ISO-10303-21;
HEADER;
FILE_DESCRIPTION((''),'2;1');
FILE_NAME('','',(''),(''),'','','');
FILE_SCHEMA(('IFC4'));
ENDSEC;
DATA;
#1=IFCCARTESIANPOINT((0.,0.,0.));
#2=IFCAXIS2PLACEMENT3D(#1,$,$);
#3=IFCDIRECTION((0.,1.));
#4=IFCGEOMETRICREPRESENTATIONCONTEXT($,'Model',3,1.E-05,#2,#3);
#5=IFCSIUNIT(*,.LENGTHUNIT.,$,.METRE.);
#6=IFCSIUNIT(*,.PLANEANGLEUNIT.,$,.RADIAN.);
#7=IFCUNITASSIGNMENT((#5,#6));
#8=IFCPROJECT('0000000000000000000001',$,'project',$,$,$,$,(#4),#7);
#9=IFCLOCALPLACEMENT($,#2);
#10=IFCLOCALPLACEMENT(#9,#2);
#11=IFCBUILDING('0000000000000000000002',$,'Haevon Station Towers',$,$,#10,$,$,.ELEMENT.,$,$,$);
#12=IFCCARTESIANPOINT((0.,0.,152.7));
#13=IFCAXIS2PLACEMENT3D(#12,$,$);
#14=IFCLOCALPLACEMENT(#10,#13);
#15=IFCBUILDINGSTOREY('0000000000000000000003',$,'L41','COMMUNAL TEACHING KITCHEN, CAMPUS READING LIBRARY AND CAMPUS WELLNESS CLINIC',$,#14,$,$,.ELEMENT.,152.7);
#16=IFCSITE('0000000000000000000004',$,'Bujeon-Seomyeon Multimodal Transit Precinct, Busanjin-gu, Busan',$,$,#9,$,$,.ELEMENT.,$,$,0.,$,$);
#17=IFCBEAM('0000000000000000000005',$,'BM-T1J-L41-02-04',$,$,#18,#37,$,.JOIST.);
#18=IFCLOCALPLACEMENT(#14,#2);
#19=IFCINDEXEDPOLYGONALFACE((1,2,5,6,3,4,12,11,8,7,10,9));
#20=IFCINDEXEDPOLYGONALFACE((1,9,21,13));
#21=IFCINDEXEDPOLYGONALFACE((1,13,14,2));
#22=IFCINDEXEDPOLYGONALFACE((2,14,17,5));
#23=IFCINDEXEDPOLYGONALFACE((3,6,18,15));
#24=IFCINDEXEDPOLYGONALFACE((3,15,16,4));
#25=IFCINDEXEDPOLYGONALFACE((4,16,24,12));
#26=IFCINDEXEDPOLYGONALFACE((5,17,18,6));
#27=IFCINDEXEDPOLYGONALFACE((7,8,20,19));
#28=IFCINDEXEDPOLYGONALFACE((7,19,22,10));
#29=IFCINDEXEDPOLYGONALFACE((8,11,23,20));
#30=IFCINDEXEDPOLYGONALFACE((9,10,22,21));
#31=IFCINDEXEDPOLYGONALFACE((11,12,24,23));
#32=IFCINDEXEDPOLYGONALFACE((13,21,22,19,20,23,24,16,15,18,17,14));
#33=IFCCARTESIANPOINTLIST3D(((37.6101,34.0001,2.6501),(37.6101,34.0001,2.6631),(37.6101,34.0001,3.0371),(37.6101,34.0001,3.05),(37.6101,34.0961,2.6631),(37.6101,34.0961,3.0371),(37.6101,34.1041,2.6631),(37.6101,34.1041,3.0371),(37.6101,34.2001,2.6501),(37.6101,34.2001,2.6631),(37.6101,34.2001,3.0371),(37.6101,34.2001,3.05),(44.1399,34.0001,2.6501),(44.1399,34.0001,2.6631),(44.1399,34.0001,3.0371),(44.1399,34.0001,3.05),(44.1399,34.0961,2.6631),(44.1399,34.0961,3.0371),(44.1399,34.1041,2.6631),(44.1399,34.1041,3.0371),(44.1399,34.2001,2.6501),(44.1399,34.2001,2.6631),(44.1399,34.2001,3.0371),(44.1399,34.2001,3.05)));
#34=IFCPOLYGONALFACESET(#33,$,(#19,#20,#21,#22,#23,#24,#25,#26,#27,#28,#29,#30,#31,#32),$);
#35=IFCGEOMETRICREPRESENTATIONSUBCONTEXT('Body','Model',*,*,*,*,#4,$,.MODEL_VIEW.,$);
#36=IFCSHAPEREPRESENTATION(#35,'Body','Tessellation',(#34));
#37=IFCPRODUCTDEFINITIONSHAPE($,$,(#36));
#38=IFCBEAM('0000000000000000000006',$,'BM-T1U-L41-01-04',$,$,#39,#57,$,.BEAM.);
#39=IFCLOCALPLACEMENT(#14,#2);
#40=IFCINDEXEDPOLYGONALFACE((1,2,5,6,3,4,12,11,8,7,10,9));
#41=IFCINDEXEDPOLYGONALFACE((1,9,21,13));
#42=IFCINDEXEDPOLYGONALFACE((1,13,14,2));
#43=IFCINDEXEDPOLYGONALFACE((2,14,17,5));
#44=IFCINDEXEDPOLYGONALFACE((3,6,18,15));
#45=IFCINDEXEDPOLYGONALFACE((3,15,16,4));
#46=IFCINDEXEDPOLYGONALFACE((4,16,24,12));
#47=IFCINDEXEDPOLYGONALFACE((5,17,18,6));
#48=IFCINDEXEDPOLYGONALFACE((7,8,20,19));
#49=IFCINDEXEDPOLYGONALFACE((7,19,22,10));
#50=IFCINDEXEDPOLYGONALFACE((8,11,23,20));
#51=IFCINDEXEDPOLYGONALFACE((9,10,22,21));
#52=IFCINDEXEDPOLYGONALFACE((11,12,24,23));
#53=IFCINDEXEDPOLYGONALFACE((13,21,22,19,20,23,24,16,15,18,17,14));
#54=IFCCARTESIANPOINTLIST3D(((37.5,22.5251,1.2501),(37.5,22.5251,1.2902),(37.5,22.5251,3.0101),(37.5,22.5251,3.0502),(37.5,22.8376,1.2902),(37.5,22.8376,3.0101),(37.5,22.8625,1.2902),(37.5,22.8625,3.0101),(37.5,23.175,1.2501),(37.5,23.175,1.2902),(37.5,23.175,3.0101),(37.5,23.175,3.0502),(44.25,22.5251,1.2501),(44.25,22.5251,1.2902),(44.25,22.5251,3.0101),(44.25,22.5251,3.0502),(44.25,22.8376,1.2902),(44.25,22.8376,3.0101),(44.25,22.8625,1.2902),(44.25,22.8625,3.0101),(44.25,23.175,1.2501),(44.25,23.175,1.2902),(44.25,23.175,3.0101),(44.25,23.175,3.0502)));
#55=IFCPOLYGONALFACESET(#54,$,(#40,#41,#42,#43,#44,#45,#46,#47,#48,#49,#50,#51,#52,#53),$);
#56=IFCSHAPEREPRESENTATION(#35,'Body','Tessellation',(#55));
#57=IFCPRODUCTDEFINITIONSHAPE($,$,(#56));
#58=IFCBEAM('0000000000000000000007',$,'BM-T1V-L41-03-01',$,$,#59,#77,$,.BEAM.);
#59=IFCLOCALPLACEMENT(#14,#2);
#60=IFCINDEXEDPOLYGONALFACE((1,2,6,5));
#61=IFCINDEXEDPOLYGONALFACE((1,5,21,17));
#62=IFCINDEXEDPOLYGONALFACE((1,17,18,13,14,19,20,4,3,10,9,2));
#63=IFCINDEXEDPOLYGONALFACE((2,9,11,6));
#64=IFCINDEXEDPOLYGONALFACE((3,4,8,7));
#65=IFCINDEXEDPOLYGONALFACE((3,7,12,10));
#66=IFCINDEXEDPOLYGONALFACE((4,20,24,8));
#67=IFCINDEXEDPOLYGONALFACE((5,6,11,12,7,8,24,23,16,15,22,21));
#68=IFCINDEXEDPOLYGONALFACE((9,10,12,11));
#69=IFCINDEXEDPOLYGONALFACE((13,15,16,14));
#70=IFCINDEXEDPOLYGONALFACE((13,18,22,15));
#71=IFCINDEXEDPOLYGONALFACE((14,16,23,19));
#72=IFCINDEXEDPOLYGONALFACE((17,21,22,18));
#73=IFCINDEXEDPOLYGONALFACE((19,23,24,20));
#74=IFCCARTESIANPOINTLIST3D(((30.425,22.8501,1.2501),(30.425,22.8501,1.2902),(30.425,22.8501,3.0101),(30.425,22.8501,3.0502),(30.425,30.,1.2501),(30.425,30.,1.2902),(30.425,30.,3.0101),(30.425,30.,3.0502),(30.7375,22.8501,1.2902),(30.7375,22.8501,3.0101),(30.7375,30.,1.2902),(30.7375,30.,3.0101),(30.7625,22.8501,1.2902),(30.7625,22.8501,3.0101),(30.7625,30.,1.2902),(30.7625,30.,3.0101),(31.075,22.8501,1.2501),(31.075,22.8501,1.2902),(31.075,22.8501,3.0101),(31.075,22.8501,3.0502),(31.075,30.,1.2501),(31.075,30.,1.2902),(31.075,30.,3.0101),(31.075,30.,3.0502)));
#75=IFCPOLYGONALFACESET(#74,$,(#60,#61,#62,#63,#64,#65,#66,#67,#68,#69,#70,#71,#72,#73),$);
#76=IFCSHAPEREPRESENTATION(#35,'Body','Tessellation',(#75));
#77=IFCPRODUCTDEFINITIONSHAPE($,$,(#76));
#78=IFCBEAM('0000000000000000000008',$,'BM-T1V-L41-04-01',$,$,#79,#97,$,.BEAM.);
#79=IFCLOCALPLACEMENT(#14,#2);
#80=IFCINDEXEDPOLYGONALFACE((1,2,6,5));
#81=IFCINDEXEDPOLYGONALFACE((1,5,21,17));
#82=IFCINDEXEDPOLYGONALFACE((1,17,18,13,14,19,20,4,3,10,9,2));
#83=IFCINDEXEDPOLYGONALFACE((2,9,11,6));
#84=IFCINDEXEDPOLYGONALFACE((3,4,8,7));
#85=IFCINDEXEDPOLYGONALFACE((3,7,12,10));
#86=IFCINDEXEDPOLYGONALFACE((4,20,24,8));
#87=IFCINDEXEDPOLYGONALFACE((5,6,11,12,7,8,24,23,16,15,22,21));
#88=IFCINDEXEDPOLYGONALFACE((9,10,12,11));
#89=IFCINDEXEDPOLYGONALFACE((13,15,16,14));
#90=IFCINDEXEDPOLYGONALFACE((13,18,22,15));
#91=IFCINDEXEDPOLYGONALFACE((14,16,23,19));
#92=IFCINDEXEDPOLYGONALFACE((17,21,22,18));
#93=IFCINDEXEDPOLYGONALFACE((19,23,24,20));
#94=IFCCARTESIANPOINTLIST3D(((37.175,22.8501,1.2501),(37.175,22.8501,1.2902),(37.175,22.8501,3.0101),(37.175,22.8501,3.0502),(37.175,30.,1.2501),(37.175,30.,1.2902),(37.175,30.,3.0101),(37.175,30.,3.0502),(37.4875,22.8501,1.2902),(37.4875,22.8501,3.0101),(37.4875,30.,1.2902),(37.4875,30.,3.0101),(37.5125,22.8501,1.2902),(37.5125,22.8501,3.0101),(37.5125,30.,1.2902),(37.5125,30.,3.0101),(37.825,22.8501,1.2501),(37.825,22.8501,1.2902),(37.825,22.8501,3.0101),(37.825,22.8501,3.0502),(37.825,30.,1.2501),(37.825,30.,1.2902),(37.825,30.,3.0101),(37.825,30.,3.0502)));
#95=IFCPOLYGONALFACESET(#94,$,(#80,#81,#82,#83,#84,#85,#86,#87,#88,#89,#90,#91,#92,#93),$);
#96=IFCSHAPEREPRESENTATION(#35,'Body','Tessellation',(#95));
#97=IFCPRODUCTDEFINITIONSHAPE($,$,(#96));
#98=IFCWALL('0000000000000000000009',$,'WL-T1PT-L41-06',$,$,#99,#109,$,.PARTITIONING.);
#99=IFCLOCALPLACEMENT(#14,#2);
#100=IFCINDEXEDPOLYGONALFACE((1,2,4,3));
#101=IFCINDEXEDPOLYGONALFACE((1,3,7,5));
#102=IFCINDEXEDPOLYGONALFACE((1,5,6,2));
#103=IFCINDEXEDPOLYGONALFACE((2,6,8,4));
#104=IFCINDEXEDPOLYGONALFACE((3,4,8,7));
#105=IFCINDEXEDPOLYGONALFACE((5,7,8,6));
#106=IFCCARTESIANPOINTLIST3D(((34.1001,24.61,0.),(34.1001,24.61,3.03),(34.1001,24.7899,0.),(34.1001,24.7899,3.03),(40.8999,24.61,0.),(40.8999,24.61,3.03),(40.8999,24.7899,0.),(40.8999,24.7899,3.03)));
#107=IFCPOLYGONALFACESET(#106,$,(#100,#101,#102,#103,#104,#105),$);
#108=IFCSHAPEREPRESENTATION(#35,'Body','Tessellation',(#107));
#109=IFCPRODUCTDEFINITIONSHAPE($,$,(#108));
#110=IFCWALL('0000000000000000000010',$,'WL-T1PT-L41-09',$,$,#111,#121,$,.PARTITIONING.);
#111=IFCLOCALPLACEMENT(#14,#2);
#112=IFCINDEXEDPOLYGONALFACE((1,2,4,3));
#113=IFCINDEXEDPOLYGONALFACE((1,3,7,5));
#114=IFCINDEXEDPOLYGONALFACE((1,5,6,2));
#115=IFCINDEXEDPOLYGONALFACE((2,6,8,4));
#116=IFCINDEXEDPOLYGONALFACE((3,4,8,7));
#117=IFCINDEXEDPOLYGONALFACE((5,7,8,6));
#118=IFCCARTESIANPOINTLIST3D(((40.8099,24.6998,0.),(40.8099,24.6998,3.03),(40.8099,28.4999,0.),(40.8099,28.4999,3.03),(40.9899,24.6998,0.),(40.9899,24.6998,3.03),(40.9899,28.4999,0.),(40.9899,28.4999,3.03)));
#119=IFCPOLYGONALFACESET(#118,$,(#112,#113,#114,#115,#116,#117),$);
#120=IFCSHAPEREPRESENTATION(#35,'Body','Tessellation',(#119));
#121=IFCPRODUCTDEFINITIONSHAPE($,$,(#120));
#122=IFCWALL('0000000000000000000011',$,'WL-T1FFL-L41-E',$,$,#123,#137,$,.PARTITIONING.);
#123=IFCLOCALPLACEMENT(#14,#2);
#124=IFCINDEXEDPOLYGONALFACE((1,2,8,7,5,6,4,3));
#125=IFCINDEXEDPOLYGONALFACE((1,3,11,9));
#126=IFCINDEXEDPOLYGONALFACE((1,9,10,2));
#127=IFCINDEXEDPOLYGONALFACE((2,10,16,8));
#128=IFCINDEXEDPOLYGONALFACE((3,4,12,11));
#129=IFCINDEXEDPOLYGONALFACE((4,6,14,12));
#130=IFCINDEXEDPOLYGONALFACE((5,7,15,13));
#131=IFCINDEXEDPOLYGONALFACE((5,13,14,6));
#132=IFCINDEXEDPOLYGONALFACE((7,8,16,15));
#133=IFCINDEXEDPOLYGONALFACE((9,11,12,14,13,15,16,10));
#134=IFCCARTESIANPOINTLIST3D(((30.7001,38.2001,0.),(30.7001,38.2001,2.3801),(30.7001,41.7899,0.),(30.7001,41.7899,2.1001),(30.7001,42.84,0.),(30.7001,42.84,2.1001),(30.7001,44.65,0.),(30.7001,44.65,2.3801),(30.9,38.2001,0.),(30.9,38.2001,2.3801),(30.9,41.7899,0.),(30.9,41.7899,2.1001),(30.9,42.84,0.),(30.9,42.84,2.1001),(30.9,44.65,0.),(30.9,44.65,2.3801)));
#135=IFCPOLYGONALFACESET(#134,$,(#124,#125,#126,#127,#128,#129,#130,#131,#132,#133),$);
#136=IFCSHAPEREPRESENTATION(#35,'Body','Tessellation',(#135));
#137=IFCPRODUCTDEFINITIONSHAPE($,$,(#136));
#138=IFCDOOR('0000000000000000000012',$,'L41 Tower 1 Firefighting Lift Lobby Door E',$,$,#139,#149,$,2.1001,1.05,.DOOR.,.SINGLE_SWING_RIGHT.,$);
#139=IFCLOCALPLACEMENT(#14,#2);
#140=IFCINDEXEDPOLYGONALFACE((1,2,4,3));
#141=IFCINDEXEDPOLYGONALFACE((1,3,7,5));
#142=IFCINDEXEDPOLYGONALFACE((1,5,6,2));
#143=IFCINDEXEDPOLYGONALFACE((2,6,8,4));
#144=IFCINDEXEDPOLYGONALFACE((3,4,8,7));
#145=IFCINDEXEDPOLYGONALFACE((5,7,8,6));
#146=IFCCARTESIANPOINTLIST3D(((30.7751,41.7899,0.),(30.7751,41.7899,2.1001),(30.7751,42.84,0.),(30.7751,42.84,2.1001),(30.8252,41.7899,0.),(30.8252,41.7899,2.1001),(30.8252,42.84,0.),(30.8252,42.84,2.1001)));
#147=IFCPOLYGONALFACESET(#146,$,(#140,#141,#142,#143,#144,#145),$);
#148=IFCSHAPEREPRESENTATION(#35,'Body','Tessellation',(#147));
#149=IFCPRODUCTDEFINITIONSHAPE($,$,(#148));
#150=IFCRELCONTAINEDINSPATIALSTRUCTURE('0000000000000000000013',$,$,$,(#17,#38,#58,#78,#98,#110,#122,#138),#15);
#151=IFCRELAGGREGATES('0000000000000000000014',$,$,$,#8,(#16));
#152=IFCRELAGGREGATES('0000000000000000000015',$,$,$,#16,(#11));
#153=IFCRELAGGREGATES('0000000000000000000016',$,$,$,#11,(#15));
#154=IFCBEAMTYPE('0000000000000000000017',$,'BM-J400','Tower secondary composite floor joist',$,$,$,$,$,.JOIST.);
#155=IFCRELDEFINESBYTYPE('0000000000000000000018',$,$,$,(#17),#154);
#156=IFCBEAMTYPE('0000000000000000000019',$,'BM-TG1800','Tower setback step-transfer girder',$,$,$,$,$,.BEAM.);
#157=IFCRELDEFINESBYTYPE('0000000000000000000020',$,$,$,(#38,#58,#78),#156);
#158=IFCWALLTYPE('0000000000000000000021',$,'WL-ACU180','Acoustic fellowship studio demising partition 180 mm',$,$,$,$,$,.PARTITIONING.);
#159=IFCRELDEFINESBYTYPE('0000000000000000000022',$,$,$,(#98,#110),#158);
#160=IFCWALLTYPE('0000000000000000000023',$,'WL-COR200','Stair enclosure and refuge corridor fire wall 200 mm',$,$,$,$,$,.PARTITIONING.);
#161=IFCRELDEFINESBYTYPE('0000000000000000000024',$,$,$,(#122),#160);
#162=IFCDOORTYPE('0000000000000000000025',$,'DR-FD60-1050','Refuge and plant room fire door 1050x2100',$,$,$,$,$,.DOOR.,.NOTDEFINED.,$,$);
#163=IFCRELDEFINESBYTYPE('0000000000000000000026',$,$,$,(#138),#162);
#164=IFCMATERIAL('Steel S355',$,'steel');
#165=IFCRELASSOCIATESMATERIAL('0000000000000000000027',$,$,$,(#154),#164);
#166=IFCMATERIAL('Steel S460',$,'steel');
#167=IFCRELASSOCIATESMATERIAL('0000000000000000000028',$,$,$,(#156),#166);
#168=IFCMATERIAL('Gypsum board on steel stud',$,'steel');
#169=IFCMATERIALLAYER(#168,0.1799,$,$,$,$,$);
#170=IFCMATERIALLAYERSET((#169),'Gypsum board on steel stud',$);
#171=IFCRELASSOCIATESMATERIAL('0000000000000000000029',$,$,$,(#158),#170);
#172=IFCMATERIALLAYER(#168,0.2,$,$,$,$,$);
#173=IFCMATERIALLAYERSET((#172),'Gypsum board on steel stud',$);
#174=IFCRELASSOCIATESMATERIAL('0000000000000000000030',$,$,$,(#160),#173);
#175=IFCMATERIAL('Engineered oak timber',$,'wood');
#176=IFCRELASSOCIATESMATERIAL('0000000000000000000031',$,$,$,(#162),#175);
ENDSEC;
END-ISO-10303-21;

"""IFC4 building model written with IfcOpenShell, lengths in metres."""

from ifc_helpers import new_model, si_unit, direction, frame, frame_2d, origin, origin_2d, place, context, subcontext, project, spatial, rectangle, i_section, extrude, material, layer, layer_set, material_profile, profile_set, type_object, element, fill, save


model = new_model("IFC4")

# Units and contexts
model_context = context("Model", 3, precision=1e-05, world=origin(), true_north=direction((0.0, 1.0)))
body_context = subcontext(model_context, "Body", "Model", "MODEL_VIEW")
ifc_project = project(units=[si_unit("LENGTHUNIT", "METRE"), si_unit("PLANEANGLEUNIT", "RADIAN")], contexts=[model_context])

# Site, building, storey
site_placement = place(None, origin())
site = spatial("IfcSite", under=ifc_project, at=site_placement, Name="Bujeon-Seomyeon Multimodal Transit Precinct, Busanjin-gu, Busan", CompositionType="ELEMENT", RefElevation=0.0)
building_placement = place(site_placement, origin())
building = spatial("IfcBuilding", under=site, at=building_placement, Name="Haevon Station Towers", CompositionType="ELEMENT")
storey_placement = place(building_placement, frame((0.0, 0.0, 152.7)))
storey = spatial("IfcBuildingStorey", under=building, at=storey_placement, Name="L41", Description="COMMUNAL TEACHING KITCHEN, CAMPUS READING LIBRARY AND CAMPUS WELLNESS CLINIC", CompositionType="ELEMENT", Elevation=152.7)

# Shared definitions
ifc_material_1 = material(Name="Steel S355", Category="steel")

# Beams
ifc_material_profile_1 = material_profile(ifc_material_1, i_section(OverallWidth=0.2, OverallDepth=0.3999, WebThickness=0.0081, FlangeThickness=0.0129, at=origin_2d()), Name="H-400x200x8x13")
ifc_profile_set_1 = profile_set([ifc_material_profile_1], Name="Steel S355")
beam_type_1 = type_object("IfcBeamType", Name="BM-J400", Description="Tower secondary composite floor joist", PredefinedType="JOIST", material=ifc_profile_set_1)
for number, where, z_axis, x_axis, name in (
    (1, (37.6101, 34.1001, 2.8501), (1.0, 0.0, 0.0), (0.0, 1.0, 0.0), "BM-T1J-L41-02-04"),
):
    element("IfcBeam", number, at=place(storey_placement, frame(where, z_axis=z_axis, x_axis=x_axis)), inside=storey, type_object=beam_type_1, Name=name, PredefinedType="JOIST", context=body_context, shape_type="SweptSolid", body=[
        extrude(i_section(OverallWidth=0.2, OverallDepth=0.3999, WebThickness=0.0081, FlangeThickness=0.0129, at=origin_2d()), origin(), (0.0, 0.0, 1.0), 6.5298),
    ])
ifc_material_2 = material(Name="Steel S460", Category="steel")
ifc_material_profile_2 = material_profile(ifc_material_2, i_section(OverallWidth=0.6499, OverallDepth=1.8, WebThickness=0.0249, FlangeThickness=0.04, at=origin_2d()), Name="H-1800x650x25x40")
ifc_profile_set_2 = profile_set([ifc_material_profile_2], Name="Steel S460")
beam_type_2 = type_object("IfcBeamType", Name="BM-TG1800", Description="Tower setback step-transfer girder", PredefinedType="BEAM", material=ifc_profile_set_2)
beam_1_placement = place(storey_placement, frame((37.5, 22.8501, 2.1501), z_axis=(1.0, 0.0, 0.0), x_axis=(0.0, 1.0, 0.0)))
element("IfcBeam", 2, at=beam_1_placement, inside=storey, type_object=beam_type_2, Name="BM-T1U-L41-01-04", PredefinedType="BEAM", context=body_context, shape_type="SweptSolid", body=[
    extrude(i_section(OverallWidth=0.6499, OverallDepth=1.8, WebThickness=0.0249, FlangeThickness=0.04, at=origin_2d()), origin(), (0.0, 0.0, 1.0), 6.75),
])
for number, where, z_axis, x_axis, name in (
    (3, (30.75, 22.8501, 2.1501), (0.0, 1.0, 0.0), (-1.0, 0.0, 0.0), "BM-T1V-L41-03-01"),
    (4, (37.5, 22.8501, 2.1501), (0.0, 1.0, 0.0), (-1.0, 0.0, 0.0), "BM-T1V-L41-04-01"),
):
    element("IfcBeam", number, at=place(storey_placement, frame(where, z_axis=z_axis, x_axis=x_axis)), inside=storey, type_object=beam_type_2, Name=name, PredefinedType="BEAM", context=body_context, shape_type="SweptSolid", body=[
        extrude(i_section(OverallWidth=0.6499, OverallDepth=1.8, WebThickness=0.0249, FlangeThickness=0.04, at=origin_2d()), origin(), (0.0, 0.0, 1.0), 7.1499),
    ])

# Walls
ifc_material_3 = material(Name="Gypsum board on steel stud", Category="steel")
ifc_layer_1 = layer(ifc_material_3, 0.1799)
ifc_layer_set_1 = layer_set([ifc_layer_1], Name="Gypsum board on steel stud")
wall_type_1 = type_object("IfcWallType", Name="WL-ACU180", Description="Acoustic fellowship studio demising partition 180 mm", PredefinedType="PARTITIONING", material=ifc_layer_set_1)
wall_1_placement = place(storey_placement, frame((34.1001, 24.7, 0.0), z_axis=(0.0, 0.0, 1.0), x_axis=(1.0, 0.0, 0.0)))
element("IfcWall", 5, at=wall_1_placement, inside=storey, type_object=wall_type_1, Name="WL-T1PT-L41-06", PredefinedType="PARTITIONING", context=body_context, shape_type="SweptSolid", body=[
    extrude(rectangle(XDim=6.7998, YDim=0.1799, at=frame_2d((3.3999, 0.0))), origin(), (0.0, 0.0, 1.0), 3.03),
])
wall_2_placement = place(storey_placement, frame((40.8999, 24.7, 0.0), z_axis=(0.0, 0.0, 1.0), x_axis=(0.0, 1.0, 0.0)))
element("IfcWall", 6, at=wall_2_placement, inside=storey, type_object=wall_type_1, Name="WL-T1PT-L41-09", PredefinedType="PARTITIONING", context=body_context, shape_type="SweptSolid", body=[
    extrude(rectangle(XDim=3.8, YDim=0.1799, at=frame_2d((1.8999, 0.0))), origin(), (0.0, 0.0, 1.0), 3.03),
])

# Wall, opening, door
ifc_layer_2 = layer(ifc_material_3, 0.2)
ifc_layer_set_2 = layer_set([ifc_layer_2], Name="Gypsum board on steel stud")
wall_type_2 = type_object("IfcWallType", Name="WL-COR200", Description="Stair enclosure and refuge corridor fire wall 200 mm", PredefinedType="PARTITIONING", material=ifc_layer_set_2)
wall_3_placement = place(storey_placement, frame((30.8, 38.2, 0.0), z_axis=(0.0, 0.0, 1.0), x_axis=(0.0, 1.0, 0.0)))
wall_3 = element("IfcWall", 7, at=wall_3_placement, inside=storey, type_object=wall_type_2, Name="WL-T1FFL-L41-E", PredefinedType="PARTITIONING", context=body_context, shape_type="SweptSolid", body=[
    extrude(rectangle(XDim=6.45, YDim=0.2, at=frame_2d((3.2251, 0.0))), origin(), (0.0, 0.0, 1.0), 2.3801),
])
opening_1_placement = place(wall_3_placement, frame((3.5901, 0.0, 0.0)))
opening_1 = element("IfcOpeningElement", 8, at=opening_1_placement, cuts=wall_3, PredefinedType="OPENING", context=body_context, shape_type="SweptSolid", body=[
    extrude(rectangle(XDim=1.05, YDim=2.1001, at=frame_2d((0.5249, 1.05))), frame((0.0, 0.1099, 0.0), z_axis=(0.0, -1.0, 0.0), x_axis=(1.0, 0.0, 0.0)), (0.0, 0.0, 1.0), 0.22),
])
ifc_material_4 = material(Name="Engineered oak timber", Category="wood")
door_type_1 = type_object("IfcDoorType", Name="DR-FD60-1050", Description="Refuge and plant room fire door 1050x2100", OperationType="NOTDEFINED", PredefinedType="DOOR", material=ifc_material_4)
door_1_placement = place(opening_1_placement, origin())
door_1 = element("IfcDoor", 9, at=door_1_placement, inside=storey, type_object=door_type_1, Name="L41 Tower 1 Firefighting Lift Lobby Door E", OperationType="SINGLE_SWING_RIGHT", OverallHeight=2.1001, OverallWidth=1.05, PredefinedType="DOOR", context=body_context, shape_type="SweptSolid", body=[
    extrude(rectangle(XDim=1.05, YDim=2.1001, at=frame_2d((0.5249, 1.05))), frame((0.0, 0.0249, 0.0), z_axis=(0.0, -1.0, 0.0), x_axis=(1.0, 0.0, 0.0)), (0.0, 0.0, 1.0), 0.05),
])
fill(opening_1, door_1)

save(model, "model.ifc")
